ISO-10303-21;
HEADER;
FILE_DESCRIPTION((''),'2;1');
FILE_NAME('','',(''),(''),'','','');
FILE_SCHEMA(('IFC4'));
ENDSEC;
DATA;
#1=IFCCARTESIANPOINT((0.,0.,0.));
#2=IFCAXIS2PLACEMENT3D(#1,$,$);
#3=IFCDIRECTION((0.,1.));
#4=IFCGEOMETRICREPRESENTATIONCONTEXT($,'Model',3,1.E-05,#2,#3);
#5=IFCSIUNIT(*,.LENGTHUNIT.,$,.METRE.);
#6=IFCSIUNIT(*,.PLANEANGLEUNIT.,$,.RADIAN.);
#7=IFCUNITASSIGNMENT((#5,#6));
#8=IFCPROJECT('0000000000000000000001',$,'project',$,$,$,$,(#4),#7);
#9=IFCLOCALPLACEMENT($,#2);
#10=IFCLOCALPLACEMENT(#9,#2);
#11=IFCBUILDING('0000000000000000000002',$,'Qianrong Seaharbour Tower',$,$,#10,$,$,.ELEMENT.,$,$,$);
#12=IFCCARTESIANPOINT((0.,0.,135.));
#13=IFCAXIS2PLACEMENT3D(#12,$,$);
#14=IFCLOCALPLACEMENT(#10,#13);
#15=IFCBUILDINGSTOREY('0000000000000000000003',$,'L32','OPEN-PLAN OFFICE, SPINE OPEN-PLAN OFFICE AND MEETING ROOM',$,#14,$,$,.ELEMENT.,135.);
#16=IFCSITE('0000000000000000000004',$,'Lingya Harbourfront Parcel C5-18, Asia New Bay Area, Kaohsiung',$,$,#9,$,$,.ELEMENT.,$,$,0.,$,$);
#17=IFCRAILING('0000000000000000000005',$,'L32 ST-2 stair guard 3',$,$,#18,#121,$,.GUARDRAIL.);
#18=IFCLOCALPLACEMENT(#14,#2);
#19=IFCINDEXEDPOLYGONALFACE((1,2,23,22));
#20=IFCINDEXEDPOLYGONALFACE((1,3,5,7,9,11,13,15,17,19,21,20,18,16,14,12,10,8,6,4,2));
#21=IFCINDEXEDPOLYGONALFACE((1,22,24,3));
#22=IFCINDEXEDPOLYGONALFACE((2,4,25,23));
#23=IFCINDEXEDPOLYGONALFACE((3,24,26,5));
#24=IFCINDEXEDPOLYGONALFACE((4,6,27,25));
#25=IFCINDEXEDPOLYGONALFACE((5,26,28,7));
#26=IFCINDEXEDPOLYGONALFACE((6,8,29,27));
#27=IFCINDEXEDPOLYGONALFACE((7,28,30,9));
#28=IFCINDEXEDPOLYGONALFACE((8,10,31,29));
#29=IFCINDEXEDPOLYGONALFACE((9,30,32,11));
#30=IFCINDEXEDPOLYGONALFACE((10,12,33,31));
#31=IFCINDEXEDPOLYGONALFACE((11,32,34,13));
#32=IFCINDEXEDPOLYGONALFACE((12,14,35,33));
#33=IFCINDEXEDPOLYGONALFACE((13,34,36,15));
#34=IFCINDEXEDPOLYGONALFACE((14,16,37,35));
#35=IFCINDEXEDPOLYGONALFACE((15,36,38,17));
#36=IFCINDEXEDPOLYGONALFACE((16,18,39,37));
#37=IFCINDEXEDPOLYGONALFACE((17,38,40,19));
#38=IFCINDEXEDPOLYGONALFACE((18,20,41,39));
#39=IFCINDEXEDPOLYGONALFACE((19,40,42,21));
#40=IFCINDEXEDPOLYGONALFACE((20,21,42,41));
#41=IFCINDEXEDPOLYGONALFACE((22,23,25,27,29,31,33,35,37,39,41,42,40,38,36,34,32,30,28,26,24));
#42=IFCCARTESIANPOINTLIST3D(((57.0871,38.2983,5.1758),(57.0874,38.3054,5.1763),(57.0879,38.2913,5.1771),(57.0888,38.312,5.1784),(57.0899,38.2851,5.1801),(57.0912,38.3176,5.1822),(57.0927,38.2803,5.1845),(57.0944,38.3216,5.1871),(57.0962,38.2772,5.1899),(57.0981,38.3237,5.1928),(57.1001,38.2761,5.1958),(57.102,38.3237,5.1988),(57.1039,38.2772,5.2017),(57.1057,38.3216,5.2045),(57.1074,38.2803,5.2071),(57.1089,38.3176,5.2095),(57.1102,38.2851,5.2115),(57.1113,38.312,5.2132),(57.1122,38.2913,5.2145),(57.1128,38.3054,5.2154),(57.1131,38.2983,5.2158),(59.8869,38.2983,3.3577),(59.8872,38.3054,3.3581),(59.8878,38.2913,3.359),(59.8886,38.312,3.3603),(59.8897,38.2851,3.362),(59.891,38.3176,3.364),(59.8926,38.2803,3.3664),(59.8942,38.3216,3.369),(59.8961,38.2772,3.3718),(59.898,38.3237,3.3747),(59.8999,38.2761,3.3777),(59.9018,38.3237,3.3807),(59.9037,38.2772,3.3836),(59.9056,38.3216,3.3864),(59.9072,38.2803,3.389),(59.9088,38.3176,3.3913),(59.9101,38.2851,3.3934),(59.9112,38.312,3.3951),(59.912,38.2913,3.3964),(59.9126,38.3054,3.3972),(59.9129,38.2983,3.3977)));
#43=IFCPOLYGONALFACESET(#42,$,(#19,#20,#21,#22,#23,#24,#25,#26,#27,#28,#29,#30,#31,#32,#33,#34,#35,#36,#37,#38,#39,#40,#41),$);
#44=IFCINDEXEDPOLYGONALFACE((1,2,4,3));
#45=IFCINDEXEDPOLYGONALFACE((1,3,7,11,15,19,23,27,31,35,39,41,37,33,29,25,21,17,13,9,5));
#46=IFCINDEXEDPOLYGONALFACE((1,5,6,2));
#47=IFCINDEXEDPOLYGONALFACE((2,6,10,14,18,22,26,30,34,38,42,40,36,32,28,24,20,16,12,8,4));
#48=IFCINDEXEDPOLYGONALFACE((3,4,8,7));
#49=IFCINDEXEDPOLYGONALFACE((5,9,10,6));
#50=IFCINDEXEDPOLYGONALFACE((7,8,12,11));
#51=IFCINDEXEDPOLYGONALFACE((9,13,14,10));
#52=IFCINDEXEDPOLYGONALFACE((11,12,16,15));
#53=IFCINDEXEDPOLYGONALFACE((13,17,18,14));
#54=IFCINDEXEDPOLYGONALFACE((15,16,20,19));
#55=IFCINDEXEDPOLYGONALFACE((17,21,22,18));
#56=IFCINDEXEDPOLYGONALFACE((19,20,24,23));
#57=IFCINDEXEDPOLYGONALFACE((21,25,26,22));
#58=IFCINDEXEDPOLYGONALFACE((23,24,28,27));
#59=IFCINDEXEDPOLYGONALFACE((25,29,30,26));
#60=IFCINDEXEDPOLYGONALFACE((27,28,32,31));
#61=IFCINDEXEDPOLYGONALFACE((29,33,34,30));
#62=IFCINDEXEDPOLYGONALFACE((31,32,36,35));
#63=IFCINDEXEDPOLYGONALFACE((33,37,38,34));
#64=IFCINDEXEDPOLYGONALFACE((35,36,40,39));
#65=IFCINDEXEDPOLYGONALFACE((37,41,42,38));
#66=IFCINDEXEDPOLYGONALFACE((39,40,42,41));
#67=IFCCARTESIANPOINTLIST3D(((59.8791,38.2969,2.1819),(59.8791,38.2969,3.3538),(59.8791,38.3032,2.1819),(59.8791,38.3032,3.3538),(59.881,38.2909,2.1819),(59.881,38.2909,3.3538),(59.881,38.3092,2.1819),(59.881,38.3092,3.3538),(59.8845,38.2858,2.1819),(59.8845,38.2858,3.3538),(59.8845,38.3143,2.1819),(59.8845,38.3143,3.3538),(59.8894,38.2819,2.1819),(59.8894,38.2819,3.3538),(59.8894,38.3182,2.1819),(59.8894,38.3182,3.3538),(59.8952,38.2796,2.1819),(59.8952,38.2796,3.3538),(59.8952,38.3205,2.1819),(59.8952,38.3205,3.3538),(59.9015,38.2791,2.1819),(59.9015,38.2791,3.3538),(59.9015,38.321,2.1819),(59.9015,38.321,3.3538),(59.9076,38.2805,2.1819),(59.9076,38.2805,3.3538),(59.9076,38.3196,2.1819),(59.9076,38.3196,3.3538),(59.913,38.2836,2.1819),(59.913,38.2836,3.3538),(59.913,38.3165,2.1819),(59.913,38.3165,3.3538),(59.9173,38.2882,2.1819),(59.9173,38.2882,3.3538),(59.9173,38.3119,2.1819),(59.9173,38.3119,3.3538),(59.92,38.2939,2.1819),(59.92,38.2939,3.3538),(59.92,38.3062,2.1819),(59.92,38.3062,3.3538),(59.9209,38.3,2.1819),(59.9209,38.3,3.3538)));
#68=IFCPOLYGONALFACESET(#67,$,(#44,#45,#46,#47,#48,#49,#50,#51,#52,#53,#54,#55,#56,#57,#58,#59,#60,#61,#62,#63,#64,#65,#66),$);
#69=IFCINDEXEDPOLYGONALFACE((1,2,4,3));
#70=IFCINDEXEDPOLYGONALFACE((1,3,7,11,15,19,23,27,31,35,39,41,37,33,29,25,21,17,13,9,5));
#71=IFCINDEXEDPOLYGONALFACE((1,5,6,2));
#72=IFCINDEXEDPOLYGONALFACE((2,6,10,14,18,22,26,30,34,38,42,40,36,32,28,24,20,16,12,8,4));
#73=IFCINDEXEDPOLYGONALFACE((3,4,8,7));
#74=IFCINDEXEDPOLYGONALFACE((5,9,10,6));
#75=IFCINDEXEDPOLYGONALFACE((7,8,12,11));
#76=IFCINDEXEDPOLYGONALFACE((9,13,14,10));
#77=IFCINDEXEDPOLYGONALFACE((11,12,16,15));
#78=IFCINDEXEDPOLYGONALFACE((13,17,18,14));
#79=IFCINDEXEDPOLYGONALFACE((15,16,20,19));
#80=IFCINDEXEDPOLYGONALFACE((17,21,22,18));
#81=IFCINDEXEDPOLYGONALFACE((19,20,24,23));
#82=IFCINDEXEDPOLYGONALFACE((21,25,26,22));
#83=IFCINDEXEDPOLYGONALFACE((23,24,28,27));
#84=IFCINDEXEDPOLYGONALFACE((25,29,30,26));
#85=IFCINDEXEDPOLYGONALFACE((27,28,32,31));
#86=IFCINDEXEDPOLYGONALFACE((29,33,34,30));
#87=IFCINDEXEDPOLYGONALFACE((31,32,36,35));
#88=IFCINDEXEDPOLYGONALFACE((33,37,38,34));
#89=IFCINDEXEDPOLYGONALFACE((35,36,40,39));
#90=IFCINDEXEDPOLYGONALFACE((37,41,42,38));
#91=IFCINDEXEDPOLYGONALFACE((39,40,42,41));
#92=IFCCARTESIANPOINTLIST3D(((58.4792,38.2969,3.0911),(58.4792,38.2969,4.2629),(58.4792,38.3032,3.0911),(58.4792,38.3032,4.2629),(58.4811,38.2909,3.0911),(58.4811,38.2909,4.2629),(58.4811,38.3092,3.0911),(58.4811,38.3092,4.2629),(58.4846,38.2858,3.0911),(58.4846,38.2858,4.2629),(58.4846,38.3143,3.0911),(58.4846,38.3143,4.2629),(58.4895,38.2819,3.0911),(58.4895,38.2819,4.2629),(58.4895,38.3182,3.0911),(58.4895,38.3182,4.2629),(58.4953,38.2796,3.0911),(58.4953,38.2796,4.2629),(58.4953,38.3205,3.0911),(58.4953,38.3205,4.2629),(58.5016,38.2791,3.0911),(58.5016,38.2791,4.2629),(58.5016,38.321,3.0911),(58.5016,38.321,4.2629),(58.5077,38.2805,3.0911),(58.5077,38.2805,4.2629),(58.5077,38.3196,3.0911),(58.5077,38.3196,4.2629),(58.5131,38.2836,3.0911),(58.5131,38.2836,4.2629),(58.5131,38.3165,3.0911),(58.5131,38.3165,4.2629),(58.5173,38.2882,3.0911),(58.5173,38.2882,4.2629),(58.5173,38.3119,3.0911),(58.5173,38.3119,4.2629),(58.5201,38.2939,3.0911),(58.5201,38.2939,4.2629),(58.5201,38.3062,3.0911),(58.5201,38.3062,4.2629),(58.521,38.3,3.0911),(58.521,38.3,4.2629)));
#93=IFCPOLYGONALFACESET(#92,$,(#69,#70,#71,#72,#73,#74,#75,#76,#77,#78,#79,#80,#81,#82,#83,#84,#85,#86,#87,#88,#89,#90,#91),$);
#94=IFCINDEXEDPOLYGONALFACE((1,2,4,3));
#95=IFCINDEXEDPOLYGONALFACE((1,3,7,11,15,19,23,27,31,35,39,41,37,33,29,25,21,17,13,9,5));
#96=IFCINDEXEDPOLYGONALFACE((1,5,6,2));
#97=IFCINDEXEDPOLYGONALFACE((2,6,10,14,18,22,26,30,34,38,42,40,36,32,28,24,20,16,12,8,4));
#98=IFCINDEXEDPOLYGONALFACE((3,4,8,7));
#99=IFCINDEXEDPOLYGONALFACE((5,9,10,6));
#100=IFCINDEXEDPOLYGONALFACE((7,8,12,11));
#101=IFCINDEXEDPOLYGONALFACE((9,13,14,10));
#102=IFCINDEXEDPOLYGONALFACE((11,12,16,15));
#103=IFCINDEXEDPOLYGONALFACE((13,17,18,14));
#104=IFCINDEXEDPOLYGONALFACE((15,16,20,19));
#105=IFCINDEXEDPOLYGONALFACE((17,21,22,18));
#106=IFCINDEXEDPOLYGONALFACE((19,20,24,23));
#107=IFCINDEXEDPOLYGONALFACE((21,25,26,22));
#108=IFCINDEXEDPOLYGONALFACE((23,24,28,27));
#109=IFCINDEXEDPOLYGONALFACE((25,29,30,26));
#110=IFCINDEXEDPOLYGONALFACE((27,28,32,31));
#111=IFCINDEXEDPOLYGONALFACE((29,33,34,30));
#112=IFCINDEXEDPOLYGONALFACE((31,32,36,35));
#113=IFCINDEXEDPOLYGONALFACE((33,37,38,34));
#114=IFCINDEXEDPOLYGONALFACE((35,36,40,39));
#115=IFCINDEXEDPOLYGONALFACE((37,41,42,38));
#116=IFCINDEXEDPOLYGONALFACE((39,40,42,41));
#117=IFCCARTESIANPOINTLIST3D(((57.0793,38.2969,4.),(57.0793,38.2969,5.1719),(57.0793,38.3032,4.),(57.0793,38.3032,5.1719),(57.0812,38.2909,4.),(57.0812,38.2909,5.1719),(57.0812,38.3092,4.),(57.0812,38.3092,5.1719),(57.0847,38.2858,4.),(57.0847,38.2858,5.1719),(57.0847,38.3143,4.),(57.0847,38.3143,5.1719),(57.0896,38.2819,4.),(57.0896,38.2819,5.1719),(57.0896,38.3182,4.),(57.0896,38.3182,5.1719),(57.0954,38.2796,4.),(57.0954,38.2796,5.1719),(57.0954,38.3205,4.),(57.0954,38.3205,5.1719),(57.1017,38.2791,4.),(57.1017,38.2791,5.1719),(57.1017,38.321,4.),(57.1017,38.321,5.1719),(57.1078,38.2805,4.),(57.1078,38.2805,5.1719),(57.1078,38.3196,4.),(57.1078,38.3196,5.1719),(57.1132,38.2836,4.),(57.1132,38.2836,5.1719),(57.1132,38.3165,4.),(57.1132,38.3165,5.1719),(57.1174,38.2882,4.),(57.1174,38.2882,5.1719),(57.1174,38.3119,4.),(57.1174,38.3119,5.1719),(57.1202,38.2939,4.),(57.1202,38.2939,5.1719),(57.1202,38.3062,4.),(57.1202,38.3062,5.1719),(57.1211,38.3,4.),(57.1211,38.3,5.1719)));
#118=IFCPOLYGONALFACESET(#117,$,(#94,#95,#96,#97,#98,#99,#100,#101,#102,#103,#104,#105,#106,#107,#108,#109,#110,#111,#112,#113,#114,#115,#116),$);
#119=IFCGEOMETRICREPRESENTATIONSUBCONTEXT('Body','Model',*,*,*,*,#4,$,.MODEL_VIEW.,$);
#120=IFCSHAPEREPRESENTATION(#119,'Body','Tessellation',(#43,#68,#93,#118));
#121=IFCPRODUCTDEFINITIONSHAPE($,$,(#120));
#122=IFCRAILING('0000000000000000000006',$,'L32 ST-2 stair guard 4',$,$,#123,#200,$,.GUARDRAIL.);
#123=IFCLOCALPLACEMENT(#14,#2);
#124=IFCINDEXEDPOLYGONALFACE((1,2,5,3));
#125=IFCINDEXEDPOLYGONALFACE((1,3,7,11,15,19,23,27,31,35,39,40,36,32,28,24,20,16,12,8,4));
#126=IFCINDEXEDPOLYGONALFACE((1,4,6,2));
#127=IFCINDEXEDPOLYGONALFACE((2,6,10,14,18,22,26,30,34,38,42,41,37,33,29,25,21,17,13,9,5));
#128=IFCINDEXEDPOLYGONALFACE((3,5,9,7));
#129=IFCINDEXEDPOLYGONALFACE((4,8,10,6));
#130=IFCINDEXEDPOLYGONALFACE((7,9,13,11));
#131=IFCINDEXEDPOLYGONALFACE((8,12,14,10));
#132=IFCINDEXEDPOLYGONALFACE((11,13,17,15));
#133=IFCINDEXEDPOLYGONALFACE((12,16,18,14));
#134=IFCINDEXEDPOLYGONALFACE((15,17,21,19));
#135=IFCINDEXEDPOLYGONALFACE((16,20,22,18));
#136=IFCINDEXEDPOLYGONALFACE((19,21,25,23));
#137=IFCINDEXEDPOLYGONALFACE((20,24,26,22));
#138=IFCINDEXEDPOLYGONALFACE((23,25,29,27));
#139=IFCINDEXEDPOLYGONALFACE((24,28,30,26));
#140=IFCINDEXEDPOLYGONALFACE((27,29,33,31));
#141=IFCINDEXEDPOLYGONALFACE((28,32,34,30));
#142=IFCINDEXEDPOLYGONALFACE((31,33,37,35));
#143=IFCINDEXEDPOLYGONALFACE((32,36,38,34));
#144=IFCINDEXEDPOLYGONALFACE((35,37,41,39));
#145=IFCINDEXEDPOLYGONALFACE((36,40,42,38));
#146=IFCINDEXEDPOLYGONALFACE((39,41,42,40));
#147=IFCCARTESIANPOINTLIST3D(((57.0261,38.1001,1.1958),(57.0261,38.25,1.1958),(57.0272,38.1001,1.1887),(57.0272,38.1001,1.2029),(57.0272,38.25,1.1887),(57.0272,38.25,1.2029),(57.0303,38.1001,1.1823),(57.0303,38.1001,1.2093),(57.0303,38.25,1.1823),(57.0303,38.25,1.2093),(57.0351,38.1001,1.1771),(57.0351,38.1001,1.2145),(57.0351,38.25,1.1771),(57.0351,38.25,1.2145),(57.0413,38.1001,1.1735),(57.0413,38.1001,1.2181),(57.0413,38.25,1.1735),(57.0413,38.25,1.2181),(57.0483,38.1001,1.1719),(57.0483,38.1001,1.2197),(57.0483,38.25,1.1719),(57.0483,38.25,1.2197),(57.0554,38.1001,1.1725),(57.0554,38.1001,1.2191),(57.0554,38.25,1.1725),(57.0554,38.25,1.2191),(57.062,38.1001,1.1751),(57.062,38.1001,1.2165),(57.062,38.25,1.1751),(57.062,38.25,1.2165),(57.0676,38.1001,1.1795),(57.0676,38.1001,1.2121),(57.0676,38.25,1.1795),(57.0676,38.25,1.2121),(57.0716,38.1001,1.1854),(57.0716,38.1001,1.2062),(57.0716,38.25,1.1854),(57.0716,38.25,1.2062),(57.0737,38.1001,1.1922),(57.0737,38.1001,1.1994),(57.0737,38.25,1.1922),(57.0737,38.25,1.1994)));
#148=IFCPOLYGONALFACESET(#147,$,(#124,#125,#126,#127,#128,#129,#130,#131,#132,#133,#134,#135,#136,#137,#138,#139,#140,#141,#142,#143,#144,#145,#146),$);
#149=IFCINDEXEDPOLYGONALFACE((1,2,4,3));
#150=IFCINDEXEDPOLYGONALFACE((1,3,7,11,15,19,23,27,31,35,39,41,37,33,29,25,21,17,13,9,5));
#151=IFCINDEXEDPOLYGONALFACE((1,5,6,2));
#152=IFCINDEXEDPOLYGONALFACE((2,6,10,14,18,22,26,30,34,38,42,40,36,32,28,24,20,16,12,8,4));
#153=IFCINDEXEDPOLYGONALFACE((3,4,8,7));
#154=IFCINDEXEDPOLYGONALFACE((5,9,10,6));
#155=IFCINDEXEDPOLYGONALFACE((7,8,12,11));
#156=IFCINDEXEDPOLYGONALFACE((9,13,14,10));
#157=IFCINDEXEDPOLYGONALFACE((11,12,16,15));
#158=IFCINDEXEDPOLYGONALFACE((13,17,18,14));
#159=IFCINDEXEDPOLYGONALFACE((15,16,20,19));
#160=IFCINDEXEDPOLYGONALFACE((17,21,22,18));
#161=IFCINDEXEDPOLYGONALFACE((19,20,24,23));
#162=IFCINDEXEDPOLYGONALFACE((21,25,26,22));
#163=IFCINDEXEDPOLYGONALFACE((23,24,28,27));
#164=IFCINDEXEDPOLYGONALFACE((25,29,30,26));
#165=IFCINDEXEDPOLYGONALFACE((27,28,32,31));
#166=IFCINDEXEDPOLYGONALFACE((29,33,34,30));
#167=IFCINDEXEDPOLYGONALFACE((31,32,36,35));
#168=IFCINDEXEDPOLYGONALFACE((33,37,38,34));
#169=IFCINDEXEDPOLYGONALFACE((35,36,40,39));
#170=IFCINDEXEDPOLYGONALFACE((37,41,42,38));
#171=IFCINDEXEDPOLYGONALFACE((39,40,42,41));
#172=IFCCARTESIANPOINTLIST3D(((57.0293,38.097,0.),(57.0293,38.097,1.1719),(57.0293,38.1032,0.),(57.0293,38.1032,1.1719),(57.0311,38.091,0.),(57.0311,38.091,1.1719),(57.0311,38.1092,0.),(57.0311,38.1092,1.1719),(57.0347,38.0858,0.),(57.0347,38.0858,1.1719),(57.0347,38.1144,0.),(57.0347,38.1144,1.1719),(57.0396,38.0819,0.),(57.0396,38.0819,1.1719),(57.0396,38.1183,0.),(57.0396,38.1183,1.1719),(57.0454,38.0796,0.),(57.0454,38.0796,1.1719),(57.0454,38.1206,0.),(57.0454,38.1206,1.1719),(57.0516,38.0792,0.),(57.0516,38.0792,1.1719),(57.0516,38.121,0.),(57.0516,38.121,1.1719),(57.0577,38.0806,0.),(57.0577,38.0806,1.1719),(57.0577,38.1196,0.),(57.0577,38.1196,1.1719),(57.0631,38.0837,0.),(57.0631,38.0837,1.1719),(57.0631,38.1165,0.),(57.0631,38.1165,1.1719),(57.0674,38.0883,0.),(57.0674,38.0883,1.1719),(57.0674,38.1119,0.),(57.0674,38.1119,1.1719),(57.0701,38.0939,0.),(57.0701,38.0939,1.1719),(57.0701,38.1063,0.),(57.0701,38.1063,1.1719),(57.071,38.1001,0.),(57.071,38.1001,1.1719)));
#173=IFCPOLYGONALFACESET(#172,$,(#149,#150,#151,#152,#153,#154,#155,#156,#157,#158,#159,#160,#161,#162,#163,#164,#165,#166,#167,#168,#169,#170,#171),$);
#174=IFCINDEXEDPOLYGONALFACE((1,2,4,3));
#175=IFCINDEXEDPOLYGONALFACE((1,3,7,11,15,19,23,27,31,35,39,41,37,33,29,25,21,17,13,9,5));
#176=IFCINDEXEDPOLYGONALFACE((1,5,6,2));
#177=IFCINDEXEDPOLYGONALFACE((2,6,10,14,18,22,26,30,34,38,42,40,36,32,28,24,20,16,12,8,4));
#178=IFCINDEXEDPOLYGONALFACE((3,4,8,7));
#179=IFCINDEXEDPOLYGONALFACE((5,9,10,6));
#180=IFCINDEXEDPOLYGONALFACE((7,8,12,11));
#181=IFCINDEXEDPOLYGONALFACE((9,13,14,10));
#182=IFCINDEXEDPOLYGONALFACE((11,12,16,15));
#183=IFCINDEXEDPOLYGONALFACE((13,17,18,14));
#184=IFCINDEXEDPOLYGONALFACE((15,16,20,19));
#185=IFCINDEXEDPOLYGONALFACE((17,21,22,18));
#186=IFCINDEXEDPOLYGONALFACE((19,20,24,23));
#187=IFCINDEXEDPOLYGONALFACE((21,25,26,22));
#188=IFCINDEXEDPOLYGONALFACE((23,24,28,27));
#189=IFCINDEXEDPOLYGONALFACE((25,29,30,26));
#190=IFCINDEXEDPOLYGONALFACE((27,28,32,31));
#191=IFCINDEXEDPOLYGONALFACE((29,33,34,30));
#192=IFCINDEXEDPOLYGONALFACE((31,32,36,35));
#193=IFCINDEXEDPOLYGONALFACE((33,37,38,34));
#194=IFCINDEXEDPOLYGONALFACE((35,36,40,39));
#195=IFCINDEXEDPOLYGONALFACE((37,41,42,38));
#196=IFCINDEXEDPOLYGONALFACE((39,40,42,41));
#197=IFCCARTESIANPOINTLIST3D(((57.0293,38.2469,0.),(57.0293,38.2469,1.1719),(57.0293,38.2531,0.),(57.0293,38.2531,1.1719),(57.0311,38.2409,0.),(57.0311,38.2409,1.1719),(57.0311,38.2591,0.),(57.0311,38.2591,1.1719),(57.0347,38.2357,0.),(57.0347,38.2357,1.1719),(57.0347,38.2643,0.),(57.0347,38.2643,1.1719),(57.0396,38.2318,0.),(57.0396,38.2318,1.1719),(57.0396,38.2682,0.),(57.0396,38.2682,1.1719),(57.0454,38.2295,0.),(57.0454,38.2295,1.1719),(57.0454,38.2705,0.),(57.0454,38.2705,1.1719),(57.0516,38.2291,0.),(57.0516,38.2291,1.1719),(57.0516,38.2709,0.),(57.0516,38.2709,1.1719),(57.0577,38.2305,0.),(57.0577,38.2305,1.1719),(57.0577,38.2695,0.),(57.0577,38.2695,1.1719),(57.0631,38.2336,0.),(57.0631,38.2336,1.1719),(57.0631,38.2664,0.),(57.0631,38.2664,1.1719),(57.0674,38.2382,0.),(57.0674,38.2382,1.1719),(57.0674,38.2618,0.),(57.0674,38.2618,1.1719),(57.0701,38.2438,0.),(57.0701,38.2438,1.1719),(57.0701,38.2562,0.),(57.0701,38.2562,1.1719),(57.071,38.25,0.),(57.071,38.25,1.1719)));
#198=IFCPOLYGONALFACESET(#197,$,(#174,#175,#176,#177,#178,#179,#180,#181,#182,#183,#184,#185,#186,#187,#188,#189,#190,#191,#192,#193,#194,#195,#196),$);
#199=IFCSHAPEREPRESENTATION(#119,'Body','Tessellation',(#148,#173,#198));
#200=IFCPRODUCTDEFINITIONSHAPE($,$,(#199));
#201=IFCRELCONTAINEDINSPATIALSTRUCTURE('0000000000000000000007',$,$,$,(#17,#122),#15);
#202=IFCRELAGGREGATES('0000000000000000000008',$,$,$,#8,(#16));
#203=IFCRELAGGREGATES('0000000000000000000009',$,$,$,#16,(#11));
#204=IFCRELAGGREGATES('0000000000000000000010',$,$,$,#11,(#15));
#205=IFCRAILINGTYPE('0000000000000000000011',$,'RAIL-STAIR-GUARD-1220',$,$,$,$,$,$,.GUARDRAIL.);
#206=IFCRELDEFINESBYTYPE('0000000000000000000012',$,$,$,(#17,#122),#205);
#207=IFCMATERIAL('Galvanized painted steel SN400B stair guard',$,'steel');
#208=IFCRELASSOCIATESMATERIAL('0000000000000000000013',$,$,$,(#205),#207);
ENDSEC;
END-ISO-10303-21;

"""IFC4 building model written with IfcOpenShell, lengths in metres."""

from ifc_helpers import new_model, si_unit, direction, frame, origin, origin_2d, place, context, subcontext, project, spatial, circle, extrude, material, type_object, element, save


model = new_model("IFC4")

# Units and contexts
model_context = context("Model", 3, precision=1e-05, world=origin(), true_north=direction((0.0, 1.0)))
body_context = subcontext(model_context, "Body", "Model", "MODEL_VIEW")
ifc_project = project(units=[si_unit("LENGTHUNIT", "METRE"), si_unit("PLANEANGLEUNIT", "RADIAN")], contexts=[model_context])

# Site, building, storey
site_placement = place(None, origin())
site = spatial("IfcSite", under=ifc_project, at=site_placement, Name="Lingya Harbourfront Parcel C5-18, Asia New Bay Area, Kaohsiung", CompositionType="ELEMENT", RefElevation=0.0)
building_placement = place(site_placement, origin())
building = spatial("IfcBuilding", under=site, at=building_placement, Name="Qianrong Seaharbour Tower", CompositionType="ELEMENT")
storey_placement = place(building_placement, frame((0.0, 0.0, 135.0)))
storey = spatial("IfcBuildingStorey", under=building, at=storey_placement, Name="L32", Description="OPEN-PLAN OFFICE, SPINE OPEN-PLAN OFFICE AND MEETING ROOM", CompositionType="ELEMENT", Elevation=135.0)

# Railings
ifc_material_1 = material(Name="Galvanized painted steel SN400B stair guard", Category="steel")
railing_type_1 = type_object("IfcRailingType", Name="RAIL-STAIR-GUARD-1220", PredefinedType="GUARDRAIL", material=ifc_material_1)
railing_1_placement = place(storey_placement, frame((59.8999, 38.3, 2.1819)))
element("IfcRailing", 1, at=railing_1_placement, inside=storey, type_object=railing_type_1, Name="L32 ST-2 stair guard 3", PredefinedType="GUARDRAIL", context=body_context, shape_type="SweptSolid", body=[
    extrude(circle(Radius=0.0239, at=origin_2d()), frame((0.0, 0.0, 1.1958), z_axis=(-0.838684, 0.0, 0.544618), x_axis=(0.0, -1.0, 0.0)), (0.0, 0.0, 1.0), 3.3384),
    extrude(circle(Radius=0.021, at=origin_2d()), origin(), (0.0, 0.0, 1.0), 1.1719),
    extrude(circle(Radius=0.021, at=origin_2d()), frame((-1.3999, 0.0, 0.9092)), (0.0, 0.0, 1.0), 1.1719),
    extrude(circle(Radius=0.021, at=origin_2d()), frame((-2.7998, 0.0, 1.8181)), (0.0, 0.0, 1.0), 1.1719),
])
railing_2_placement = place(storey_placement, frame((57.05, 38.1001, 0.0)))
element("IfcRailing", 2, at=railing_2_placement, inside=storey, type_object=railing_type_1, Name="L32 ST-2 stair guard 4", PredefinedType="GUARDRAIL", context=body_context, shape_type="SweptSolid", body=[
    extrude(circle(Radius=0.0239, at=origin_2d()), frame((0.0, 0.0, 1.1958), z_axis=(0.0, 1.0, 0.0), x_axis=(-1.0, 0.0, 0.0)), (0.0, 0.0, 1.0), 0.1499),
    extrude(circle(Radius=0.021, at=origin_2d()), origin(), (0.0, 0.0, 1.0), 1.1719),
    extrude(circle(Radius=0.021, at=origin_2d()), frame((0.0, 0.1499, 0.0)), (0.0, 0.0, 1.0), 1.1719),
])

save(model, "model.ifc")
